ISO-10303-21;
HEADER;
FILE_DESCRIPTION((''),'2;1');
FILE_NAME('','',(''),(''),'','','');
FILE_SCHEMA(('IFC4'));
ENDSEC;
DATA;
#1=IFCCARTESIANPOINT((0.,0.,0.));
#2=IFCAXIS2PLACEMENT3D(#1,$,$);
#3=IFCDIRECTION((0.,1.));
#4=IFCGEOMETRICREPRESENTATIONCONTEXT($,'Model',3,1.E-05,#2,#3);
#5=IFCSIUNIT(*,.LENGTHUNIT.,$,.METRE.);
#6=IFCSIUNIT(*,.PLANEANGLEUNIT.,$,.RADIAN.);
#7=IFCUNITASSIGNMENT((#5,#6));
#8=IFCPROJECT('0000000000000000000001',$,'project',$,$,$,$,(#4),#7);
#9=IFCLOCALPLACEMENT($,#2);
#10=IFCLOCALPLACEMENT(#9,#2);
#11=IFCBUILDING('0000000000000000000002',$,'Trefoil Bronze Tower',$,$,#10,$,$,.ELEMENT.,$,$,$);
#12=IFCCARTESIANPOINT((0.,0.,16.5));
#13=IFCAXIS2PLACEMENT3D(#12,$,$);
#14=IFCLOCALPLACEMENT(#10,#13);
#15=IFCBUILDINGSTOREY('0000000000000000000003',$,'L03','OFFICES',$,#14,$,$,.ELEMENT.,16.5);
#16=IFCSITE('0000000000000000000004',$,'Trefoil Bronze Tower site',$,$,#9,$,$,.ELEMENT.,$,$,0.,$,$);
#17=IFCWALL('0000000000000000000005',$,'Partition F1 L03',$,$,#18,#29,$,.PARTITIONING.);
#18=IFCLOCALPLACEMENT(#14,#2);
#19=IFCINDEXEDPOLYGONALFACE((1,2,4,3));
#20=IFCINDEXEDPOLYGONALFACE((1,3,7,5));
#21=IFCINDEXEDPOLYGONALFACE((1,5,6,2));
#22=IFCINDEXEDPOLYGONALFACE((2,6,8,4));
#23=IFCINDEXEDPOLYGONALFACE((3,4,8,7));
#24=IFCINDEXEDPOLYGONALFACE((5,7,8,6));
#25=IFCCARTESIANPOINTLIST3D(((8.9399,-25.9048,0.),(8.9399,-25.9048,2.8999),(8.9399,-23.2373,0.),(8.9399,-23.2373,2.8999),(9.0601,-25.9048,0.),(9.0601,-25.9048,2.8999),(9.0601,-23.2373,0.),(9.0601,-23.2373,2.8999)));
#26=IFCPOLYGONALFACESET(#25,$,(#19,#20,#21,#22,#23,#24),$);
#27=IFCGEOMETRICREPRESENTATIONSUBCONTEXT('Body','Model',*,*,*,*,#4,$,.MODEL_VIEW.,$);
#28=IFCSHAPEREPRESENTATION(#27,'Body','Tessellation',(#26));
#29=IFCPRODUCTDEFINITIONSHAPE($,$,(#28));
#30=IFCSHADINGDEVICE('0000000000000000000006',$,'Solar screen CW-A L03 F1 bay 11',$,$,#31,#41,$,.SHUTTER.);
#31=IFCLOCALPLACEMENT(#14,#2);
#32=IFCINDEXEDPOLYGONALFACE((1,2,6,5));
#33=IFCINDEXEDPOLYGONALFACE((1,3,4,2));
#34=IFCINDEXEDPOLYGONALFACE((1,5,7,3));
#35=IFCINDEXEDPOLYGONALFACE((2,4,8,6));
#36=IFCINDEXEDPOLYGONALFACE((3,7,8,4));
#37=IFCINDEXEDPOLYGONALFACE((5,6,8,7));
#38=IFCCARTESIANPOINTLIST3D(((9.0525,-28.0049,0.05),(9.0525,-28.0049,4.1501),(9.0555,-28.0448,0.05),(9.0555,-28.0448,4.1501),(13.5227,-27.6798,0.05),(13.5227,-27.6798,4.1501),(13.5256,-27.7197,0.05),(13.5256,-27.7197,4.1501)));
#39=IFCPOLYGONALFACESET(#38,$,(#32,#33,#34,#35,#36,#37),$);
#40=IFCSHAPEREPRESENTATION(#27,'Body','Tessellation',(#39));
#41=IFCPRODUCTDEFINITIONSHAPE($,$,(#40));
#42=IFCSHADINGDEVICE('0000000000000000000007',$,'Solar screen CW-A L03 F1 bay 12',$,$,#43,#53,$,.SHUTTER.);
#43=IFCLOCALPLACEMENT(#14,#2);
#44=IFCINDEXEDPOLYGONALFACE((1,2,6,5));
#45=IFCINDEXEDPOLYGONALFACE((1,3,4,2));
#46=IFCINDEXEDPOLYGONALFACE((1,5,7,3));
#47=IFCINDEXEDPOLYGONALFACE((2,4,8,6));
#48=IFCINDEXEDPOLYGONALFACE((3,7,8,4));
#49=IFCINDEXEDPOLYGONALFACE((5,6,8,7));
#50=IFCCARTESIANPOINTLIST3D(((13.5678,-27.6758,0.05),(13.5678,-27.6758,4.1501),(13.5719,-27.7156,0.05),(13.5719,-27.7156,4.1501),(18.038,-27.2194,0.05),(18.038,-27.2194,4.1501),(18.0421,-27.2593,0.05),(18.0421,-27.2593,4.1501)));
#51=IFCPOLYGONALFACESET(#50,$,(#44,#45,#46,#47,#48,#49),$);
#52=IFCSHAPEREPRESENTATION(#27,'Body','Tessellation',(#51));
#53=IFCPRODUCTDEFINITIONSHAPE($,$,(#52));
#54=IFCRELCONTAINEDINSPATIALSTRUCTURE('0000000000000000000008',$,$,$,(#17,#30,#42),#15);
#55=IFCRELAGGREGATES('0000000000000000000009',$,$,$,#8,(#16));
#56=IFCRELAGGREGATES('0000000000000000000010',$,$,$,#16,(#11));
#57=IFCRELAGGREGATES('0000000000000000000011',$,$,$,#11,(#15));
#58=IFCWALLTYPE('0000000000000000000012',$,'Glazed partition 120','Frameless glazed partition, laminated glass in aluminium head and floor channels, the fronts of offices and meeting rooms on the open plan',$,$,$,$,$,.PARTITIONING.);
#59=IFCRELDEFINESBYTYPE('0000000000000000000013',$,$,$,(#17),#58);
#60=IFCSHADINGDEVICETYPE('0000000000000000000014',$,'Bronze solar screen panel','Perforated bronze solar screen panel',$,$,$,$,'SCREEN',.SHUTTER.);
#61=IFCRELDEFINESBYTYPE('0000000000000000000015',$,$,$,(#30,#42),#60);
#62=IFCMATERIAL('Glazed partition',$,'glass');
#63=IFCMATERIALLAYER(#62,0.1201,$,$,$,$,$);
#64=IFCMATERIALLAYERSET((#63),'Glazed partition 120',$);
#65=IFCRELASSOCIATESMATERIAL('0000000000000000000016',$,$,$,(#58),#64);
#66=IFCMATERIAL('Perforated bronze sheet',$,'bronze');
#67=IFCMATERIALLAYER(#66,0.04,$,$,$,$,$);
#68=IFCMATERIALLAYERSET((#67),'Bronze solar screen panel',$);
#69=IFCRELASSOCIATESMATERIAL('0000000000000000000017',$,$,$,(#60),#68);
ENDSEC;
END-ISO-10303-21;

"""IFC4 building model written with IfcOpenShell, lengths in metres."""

from ifc_helpers import new_model, si_unit, direction, frame, frame_2d, origin, origin_2d, place, context, subcontext, project, spatial, rectangle, extrude, material, layer, layer_set, type_object, element, save


model = new_model("IFC4")

# Units and contexts
model_context = context("Model", 3, precision=1e-05, world=origin(), true_north=direction((0.0, 1.0)))
body_context = subcontext(model_context, "Body", "Model", "MODEL_VIEW")
ifc_project = project(units=[si_unit("LENGTHUNIT", "METRE"), si_unit("PLANEANGLEUNIT", "RADIAN")], contexts=[model_context])

# Site, building, storey
site_placement = place(None, origin())
site = spatial("IfcSite", under=ifc_project, at=site_placement, Name="Trefoil Bronze Tower site", CompositionType="ELEMENT", RefElevation=0.0)
building_placement = place(site_placement, origin())
building = spatial("IfcBuilding", under=site, at=building_placement, Name="Trefoil Bronze Tower", CompositionType="ELEMENT")
storey_placement = place(building_placement, frame((0.0, 0.0, 16.5)))
storey = spatial("IfcBuildingStorey", under=building, at=storey_placement, Name="L03", Description="OFFICES", CompositionType="ELEMENT", Elevation=16.5)

# Shared definitions
ifc_material_1 = material(Name="Glazed partition", Category="glass")
ifc_layer_1 = layer(ifc_material_1, 0.1201)
ifc_layer_set_1 = layer_set([ifc_layer_1], Name="Glazed partition 120")
wall_type_1 = type_object("IfcWallType", Name="Glazed partition 120", Description="Frameless glazed partition, laminated glass in aluminium head and floor channels, the fronts of offices and meeting rooms on the open plan", PredefinedType="PARTITIONING", material=ifc_layer_set_1)

# Wall
wall_1_placement = place(storey_placement, frame((9.0, -23.2373, 0.0), z_axis=(0.0, 0.0, 1.0), x_axis=(0.0, -1.0, 0.0)))
element("IfcWall", 1, at=wall_1_placement, inside=storey, type_object=wall_type_1, Name="Partition F1 L03", PredefinedType="PARTITIONING", context=body_context, shape_type="SweptSolid", body=[
    extrude(rectangle(XDim=2.6675, YDim=0.1201, at=frame_2d((1.3337, 0.0))), origin(), (0.0, 0.0, 1.0), 2.8999),
])

# Shading devices
ifc_material_2 = material(Name="Perforated bronze sheet", Category="bronze")
ifc_layer_2 = layer(ifc_material_2, 0.04)
ifc_layer_set_2 = layer_set([ifc_layer_2], Name="Bronze solar screen panel")
shading_device_type = type_object("IfcShadingDeviceType", Name="Bronze solar screen panel", Description="Perforated bronze solar screen panel", ElementType="SCREEN", PredefinedType="SHUTTER", material=ifc_layer_set_2)
shading_device_1_placement = place(storey_placement, frame((11.2891, -27.8623, 0.05), z_axis=(0.0, 0.0, 1.0), x_axis=(0.997365, 0.072547, 0.0)))
element("IfcShadingDevice", 2, at=shading_device_1_placement, inside=storey, type_object=shading_device_type, Name="Solar screen CW-A L03 F1 bay 11", PredefinedType="SHUTTER", context=body_context, shape_type="SweptSolid", body=[
    extrude(rectangle(XDim=4.4819, YDim=0.04, at=origin_2d()), origin(), (0.0, 0.0, 1.0), 4.1001),
])
shading_device_2_placement = place(storey_placement, frame((15.8049, -27.4675, 0.05), z_axis=(0.0, 0.0, 1.0), x_axis=(0.994829, 0.101565, 0.0)))
element("IfcShadingDevice", 3, at=shading_device_2_placement, inside=storey, type_object=shading_device_type, Name="Solar screen CW-A L03 F1 bay 12", PredefinedType="SHUTTER", context=body_context, shape_type="SweptSolid", body=[
    extrude(rectangle(XDim=4.4934, YDim=0.04, at=origin_2d()), origin(), (0.0, 0.0, 1.0), 4.1001),
])

save(model, "model.ifc")
